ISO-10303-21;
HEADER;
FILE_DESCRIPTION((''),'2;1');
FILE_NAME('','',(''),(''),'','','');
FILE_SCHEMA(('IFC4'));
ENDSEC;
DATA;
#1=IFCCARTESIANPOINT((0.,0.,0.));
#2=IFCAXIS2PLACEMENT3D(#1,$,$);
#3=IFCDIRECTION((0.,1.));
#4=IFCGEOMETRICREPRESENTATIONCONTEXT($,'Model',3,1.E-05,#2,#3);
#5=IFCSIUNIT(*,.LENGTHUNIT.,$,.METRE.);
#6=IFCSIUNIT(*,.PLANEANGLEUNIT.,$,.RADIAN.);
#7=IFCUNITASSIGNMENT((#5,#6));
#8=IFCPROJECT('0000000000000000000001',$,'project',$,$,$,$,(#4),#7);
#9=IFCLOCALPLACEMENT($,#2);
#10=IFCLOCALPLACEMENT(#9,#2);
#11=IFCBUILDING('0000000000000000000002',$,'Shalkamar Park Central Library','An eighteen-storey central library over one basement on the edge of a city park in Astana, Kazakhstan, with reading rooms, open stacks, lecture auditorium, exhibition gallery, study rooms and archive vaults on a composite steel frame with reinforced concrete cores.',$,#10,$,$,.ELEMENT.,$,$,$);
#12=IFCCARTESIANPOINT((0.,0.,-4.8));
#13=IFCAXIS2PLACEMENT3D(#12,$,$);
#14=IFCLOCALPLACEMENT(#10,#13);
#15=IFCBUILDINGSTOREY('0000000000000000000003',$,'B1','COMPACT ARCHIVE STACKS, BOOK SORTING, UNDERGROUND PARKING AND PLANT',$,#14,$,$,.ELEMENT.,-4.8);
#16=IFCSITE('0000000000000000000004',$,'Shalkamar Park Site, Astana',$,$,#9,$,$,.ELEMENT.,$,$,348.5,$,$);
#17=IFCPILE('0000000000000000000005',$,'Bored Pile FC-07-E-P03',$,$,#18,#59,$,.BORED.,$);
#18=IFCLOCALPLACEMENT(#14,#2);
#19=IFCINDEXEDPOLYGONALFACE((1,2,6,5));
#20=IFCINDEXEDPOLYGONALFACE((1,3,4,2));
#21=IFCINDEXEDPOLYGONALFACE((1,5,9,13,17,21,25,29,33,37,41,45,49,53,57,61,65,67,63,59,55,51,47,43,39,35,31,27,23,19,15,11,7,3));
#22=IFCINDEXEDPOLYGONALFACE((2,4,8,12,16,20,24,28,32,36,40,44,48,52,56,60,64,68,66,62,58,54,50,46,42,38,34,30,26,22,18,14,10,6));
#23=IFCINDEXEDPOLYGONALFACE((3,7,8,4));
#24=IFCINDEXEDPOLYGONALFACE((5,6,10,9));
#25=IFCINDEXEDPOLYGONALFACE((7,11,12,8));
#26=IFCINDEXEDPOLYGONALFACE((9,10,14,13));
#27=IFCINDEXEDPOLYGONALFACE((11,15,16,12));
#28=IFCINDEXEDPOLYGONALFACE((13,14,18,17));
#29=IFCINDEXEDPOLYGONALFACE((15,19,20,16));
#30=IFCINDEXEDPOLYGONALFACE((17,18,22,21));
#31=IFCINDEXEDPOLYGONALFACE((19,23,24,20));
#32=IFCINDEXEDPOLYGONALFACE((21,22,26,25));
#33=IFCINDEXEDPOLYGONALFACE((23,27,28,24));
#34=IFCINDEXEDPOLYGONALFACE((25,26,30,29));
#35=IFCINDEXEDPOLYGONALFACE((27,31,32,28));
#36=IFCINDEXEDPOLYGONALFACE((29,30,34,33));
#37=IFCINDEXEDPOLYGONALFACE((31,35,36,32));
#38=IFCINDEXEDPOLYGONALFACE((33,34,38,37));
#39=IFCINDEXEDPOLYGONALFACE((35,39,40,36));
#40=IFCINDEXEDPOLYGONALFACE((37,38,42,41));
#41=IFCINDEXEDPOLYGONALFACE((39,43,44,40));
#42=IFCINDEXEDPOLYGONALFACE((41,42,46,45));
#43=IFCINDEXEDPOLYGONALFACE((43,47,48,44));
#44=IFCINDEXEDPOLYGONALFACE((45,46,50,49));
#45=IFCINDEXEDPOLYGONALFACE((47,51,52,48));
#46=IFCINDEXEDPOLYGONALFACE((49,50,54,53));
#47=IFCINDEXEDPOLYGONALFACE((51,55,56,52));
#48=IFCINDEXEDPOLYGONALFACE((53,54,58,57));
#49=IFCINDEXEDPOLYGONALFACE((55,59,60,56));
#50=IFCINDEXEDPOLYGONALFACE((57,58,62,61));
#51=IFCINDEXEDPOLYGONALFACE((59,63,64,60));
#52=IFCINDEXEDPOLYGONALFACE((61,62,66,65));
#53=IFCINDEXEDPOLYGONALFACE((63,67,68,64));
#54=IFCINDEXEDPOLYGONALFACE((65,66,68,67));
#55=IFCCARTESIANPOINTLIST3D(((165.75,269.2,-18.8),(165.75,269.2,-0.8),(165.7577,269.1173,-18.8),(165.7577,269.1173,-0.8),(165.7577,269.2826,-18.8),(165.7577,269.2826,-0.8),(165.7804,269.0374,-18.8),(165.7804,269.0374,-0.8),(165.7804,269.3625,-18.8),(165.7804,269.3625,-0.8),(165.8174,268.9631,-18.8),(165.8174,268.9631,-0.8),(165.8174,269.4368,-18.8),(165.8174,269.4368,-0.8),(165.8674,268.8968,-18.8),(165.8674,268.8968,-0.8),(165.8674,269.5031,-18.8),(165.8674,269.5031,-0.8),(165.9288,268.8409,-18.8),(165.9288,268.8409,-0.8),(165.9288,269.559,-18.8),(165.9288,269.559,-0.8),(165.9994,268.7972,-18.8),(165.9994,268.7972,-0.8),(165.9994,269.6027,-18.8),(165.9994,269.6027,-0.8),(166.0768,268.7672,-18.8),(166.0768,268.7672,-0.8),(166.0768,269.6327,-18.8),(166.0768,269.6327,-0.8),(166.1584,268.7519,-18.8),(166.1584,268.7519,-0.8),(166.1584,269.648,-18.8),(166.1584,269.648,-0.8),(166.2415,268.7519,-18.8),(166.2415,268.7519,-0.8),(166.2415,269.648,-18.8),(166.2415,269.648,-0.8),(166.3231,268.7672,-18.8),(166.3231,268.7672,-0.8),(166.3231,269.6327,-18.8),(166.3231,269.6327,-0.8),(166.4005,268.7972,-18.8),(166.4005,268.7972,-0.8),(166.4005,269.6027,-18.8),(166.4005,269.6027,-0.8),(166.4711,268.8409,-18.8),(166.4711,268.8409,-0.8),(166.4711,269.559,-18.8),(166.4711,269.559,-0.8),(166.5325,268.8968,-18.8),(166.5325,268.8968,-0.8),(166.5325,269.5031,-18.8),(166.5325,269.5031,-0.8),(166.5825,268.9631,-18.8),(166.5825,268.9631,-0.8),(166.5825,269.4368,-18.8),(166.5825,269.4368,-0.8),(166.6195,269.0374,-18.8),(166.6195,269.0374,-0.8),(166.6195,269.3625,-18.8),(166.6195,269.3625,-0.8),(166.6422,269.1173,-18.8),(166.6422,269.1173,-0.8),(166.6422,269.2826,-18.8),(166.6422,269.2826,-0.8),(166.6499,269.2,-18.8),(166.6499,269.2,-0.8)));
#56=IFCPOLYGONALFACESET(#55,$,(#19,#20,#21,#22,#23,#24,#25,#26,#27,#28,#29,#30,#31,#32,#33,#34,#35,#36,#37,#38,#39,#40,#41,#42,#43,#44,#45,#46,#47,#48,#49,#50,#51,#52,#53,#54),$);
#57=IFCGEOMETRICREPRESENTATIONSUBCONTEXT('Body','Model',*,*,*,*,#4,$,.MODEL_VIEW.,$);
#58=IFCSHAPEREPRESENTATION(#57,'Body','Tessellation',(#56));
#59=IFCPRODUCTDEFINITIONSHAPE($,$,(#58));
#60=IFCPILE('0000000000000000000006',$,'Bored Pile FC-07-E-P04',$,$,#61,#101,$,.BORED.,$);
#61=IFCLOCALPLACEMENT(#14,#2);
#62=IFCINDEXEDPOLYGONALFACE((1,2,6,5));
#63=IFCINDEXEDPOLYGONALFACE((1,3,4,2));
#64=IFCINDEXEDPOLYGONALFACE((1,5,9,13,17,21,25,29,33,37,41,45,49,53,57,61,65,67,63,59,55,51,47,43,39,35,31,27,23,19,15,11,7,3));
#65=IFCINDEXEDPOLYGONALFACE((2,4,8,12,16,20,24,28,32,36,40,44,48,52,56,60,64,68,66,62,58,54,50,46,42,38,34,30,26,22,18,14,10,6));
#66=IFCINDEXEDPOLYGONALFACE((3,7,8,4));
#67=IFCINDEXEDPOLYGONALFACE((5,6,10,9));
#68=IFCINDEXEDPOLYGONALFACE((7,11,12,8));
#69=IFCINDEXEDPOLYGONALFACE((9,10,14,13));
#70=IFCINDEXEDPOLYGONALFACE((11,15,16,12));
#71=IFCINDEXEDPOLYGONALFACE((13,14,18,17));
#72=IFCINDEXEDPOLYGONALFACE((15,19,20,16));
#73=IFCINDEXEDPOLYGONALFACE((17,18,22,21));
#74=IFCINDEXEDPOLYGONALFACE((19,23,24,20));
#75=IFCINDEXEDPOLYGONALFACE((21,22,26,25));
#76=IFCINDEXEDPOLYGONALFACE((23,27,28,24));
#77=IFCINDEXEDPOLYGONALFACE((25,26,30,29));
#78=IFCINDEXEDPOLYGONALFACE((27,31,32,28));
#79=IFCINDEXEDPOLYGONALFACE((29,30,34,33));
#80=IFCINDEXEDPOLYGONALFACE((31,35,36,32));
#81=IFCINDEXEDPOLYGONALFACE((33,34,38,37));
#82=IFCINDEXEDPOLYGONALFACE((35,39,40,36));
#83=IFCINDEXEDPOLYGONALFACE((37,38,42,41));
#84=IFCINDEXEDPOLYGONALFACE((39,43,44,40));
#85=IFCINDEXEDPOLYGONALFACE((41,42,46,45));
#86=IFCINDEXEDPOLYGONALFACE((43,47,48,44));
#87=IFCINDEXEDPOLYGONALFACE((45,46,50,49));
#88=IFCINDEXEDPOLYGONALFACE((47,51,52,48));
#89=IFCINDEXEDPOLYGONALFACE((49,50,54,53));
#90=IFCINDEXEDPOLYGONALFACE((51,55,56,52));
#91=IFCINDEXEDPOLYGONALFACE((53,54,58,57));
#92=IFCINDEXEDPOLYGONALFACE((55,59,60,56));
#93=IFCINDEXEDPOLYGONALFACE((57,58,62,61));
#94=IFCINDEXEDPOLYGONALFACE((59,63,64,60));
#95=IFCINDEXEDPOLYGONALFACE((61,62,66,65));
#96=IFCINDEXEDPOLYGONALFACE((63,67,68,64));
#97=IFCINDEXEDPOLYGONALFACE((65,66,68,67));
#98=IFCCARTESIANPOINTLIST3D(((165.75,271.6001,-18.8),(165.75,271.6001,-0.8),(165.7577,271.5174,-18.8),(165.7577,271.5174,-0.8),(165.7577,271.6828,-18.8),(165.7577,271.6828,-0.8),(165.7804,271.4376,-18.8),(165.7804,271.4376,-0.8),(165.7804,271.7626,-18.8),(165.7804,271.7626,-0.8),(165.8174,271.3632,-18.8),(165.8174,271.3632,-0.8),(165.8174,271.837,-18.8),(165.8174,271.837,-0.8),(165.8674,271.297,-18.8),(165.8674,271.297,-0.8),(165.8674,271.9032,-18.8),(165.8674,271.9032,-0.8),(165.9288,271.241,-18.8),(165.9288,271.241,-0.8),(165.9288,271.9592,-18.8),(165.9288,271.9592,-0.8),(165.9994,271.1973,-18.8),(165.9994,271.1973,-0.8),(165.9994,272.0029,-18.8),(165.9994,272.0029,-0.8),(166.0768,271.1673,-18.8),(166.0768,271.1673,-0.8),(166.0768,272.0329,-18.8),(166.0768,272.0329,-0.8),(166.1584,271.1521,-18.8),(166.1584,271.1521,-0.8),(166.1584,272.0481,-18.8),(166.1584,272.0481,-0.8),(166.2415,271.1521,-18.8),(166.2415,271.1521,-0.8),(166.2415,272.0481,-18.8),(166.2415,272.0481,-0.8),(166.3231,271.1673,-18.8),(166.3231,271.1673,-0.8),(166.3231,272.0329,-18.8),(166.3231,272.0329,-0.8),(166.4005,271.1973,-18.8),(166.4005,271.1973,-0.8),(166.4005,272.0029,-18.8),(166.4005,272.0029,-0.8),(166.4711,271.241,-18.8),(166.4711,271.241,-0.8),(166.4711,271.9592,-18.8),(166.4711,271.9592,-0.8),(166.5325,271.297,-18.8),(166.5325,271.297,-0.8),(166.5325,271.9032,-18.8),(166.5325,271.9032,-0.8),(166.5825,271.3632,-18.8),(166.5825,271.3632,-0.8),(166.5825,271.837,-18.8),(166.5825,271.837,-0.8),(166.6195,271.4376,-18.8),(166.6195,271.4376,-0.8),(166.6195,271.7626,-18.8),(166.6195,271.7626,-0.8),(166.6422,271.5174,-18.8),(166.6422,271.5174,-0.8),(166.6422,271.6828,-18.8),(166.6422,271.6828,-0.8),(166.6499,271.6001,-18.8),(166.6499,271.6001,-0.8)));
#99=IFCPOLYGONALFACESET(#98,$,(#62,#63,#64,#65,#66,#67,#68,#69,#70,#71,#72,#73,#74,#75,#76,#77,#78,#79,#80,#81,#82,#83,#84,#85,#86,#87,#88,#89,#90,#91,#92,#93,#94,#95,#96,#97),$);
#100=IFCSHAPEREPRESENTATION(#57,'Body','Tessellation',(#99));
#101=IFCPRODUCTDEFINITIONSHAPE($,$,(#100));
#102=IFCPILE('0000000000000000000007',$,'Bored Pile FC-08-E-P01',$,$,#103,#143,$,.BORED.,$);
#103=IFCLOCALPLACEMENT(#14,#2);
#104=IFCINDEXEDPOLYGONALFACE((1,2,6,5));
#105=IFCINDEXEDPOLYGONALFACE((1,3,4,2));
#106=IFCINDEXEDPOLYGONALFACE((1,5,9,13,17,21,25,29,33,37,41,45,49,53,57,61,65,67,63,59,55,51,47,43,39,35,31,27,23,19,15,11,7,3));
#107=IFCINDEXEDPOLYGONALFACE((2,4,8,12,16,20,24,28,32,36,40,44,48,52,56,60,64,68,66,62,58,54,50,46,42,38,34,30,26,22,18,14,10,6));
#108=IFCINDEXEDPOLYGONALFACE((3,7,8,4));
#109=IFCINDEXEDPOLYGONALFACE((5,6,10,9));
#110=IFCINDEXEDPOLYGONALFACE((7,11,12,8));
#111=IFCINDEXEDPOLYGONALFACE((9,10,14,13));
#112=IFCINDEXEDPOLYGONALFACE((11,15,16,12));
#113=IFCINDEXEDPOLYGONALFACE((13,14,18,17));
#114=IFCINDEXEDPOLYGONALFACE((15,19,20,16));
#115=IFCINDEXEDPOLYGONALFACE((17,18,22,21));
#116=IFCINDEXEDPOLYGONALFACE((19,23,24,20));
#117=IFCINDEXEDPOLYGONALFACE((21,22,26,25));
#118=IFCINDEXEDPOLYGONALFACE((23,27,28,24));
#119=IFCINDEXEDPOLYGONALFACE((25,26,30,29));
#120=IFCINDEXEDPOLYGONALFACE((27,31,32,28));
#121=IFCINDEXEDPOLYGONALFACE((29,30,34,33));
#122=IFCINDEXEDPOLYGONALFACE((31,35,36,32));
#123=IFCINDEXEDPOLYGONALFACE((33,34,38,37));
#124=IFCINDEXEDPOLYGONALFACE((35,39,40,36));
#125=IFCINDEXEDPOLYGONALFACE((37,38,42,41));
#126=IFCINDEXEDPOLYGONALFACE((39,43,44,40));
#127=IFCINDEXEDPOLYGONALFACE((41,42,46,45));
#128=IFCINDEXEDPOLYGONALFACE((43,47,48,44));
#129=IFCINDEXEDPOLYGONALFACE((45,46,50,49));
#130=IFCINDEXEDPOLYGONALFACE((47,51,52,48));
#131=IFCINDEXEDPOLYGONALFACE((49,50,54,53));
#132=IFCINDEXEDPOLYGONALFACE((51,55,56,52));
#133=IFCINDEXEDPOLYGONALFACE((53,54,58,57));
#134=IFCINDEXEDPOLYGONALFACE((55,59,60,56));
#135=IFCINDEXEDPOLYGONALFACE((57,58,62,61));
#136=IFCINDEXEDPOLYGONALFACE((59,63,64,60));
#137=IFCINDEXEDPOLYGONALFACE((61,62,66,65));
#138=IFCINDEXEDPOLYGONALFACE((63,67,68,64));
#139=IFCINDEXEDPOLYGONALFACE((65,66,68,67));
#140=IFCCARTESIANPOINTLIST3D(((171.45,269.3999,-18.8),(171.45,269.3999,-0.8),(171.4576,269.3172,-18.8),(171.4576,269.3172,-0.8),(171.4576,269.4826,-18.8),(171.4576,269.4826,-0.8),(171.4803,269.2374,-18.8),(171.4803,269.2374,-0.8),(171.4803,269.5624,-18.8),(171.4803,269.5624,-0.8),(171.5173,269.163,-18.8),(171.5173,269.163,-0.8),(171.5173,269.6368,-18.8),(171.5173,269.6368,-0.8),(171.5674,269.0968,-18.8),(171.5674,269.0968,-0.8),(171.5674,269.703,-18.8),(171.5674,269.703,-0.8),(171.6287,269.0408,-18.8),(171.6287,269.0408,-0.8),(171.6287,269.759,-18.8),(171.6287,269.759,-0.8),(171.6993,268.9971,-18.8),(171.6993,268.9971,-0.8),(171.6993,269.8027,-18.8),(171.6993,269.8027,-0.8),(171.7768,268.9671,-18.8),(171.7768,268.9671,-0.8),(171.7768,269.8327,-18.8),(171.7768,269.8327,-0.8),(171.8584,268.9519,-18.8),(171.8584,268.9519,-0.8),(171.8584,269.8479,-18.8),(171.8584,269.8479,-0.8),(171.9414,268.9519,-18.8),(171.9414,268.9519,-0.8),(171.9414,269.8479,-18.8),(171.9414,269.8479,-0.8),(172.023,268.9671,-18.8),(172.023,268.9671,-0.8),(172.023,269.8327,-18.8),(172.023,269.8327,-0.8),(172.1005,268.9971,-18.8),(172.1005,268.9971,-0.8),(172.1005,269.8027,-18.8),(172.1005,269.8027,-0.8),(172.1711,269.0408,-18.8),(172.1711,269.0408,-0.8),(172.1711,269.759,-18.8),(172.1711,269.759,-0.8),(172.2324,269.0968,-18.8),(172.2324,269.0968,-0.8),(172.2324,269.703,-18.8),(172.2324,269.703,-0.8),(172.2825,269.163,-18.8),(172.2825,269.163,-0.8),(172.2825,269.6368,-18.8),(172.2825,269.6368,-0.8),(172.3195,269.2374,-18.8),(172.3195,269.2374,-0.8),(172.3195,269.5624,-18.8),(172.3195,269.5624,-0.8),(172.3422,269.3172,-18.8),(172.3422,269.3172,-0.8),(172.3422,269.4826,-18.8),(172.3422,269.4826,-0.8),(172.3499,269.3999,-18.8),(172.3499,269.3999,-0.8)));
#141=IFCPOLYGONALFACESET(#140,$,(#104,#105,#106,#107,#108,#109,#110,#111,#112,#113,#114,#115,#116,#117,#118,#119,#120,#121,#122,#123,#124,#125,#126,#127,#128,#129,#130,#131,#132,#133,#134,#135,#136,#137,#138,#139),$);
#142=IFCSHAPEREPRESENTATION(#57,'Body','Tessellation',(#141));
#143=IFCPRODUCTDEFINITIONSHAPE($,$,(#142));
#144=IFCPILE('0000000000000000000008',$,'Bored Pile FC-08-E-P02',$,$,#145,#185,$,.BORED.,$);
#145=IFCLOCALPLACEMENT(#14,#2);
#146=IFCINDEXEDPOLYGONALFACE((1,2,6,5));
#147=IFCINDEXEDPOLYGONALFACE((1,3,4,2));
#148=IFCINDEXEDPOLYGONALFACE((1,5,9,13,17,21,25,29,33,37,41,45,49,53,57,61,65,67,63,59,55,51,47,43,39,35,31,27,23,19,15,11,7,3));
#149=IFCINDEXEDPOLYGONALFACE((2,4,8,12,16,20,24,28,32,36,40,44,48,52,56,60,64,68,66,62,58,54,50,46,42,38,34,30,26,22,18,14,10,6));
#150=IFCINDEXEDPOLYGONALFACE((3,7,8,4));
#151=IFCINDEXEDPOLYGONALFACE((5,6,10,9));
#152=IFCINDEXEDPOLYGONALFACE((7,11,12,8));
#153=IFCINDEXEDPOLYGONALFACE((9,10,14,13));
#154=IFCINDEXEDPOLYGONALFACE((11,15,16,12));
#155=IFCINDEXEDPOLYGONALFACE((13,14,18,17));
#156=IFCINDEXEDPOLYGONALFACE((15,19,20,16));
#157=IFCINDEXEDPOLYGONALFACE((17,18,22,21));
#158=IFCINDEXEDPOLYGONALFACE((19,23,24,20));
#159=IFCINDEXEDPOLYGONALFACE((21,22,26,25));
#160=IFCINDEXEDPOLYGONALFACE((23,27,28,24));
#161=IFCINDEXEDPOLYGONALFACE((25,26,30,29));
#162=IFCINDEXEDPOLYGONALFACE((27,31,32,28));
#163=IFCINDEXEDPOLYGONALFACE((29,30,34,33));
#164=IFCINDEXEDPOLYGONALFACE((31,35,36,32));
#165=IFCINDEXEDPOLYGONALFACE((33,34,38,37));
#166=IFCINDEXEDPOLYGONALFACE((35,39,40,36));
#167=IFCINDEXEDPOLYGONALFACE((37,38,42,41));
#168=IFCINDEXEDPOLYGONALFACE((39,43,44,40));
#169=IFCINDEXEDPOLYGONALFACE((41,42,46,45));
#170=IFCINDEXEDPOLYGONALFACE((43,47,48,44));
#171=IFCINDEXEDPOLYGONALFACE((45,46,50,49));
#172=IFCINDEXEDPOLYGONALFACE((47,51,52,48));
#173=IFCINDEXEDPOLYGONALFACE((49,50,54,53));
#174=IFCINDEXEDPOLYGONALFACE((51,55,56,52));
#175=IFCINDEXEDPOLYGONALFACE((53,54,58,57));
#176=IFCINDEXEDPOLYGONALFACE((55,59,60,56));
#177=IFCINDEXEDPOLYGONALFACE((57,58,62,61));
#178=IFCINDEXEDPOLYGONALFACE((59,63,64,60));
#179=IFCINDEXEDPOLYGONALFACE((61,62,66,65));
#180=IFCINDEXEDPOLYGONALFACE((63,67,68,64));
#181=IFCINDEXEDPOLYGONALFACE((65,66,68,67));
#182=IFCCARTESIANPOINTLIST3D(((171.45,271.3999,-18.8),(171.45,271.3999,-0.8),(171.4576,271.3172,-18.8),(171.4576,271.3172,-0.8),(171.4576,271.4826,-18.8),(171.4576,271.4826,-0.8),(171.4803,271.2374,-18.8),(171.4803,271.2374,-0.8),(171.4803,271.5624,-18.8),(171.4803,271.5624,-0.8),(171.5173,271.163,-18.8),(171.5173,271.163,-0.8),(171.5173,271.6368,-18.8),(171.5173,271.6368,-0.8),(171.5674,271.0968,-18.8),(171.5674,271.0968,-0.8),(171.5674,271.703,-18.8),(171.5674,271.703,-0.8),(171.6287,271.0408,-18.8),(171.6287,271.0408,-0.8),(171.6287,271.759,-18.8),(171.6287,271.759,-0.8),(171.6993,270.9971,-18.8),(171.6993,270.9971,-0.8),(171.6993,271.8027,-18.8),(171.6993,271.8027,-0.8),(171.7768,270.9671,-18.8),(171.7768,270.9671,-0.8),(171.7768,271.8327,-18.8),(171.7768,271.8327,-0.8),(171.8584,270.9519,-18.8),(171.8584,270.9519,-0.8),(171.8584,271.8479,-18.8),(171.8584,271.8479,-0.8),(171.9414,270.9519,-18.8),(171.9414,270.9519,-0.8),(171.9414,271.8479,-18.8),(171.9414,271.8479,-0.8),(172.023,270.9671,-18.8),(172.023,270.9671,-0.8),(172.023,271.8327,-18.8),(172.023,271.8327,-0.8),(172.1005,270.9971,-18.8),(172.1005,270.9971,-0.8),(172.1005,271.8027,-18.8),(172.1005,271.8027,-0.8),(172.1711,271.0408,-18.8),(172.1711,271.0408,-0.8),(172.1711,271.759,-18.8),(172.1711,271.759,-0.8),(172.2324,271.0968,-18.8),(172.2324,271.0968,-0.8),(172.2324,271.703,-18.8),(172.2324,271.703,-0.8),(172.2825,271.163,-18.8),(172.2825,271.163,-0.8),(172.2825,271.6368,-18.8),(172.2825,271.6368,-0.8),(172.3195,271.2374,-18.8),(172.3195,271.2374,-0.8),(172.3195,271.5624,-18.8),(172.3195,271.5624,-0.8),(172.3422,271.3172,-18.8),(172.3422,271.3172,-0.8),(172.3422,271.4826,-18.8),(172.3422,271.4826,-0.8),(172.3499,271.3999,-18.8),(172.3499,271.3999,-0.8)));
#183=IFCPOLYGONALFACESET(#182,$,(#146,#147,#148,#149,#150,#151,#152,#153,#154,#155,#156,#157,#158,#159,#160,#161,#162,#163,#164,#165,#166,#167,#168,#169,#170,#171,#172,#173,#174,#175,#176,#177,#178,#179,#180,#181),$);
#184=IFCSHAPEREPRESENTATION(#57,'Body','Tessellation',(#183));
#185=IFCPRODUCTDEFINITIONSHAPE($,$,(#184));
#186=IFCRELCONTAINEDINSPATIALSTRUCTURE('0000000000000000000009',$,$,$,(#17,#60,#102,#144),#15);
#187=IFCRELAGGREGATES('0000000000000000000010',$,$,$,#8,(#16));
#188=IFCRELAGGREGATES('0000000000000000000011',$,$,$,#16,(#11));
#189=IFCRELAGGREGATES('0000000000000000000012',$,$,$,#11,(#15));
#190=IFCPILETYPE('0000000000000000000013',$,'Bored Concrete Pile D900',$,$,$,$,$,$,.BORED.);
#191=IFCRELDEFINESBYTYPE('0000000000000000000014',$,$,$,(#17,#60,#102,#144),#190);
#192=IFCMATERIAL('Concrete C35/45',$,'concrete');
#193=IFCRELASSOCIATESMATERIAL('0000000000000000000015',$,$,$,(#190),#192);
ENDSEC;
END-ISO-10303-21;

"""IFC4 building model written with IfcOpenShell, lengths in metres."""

from ifc_helpers import new_model, si_unit, direction, frame, origin, origin_2d, place, context, subcontext, project, spatial, circle, extrude, material, material_profile, profile_set, type_object, element, save


model = new_model("IFC4")

# Units and contexts
model_context = context("Model", 3, precision=1e-05, world=origin(), true_north=direction((0.0, 1.0)))
body_context = subcontext(model_context, "Body", "Model", "MODEL_VIEW")
ifc_project = project(units=[si_unit("LENGTHUNIT", "METRE"), si_unit("PLANEANGLEUNIT", "RADIAN")], contexts=[model_context])

# Site, building, storey
site_placement = place(None, origin())
site = spatial("IfcSite", under=ifc_project, at=site_placement, Name="Shalkamar Park Site, Astana", CompositionType="ELEMENT", RefElevation=348.5)
building_placement = place(site_placement, origin())
building = spatial("IfcBuilding", under=site, at=building_placement, Name="Shalkamar Park Central Library", Description="An eighteen-storey central library over one basement on the edge of a city park in Astana, Kazakhstan, with reading rooms, open stacks, lecture auditorium, exhibition gallery, study rooms and archive vaults on a composite steel frame with reinforced concrete cores.", CompositionType="ELEMENT")
storey_placement = place(building_placement, frame((0.0, 0.0, -4.8)))
storey = spatial("IfcBuildingStorey", under=building, at=storey_placement, Name="B1", Description="COMPACT ARCHIVE STACKS, BOOK SORTING, UNDERGROUND PARKING AND PLANT", CompositionType="ELEMENT", Elevation=-4.8)

# Piles
ifc_material_1 = material(Name="Concrete C35/45", Category="concrete")
ifc_material_profile_1 = material_profile(ifc_material_1, circle(Radius=0.45, at=origin_2d()), Name="PILE D900")
ifc_profile_set_1 = profile_set([ifc_material_profile_1], Name="Concrete C35/45")
pile_type_1 = type_object("IfcPileType", Name="Bored Concrete Pile D900", PredefinedType="BORED", material=ifc_profile_set_1)
for number, where, z_axis, x_axis, name in (
    (1, (166.2, 269.2, -0.8), (0.0, 0.0, -1.0), (1.0, 0.0, 0.0), "Bored Pile FC-07-E-P03"),
    (2, (166.2, 271.6001, -0.8), (0.0, 0.0, -1.0), (1.0, 0.0, 0.0), "Bored Pile FC-07-E-P04"),
    (3, (171.8999, 269.3999, -0.8), (0.0, 0.0, -1.0), (1.0, 0.0, 0.0), "Bored Pile FC-08-E-P01"),
    (4, (171.8999, 271.3999, -0.8), (0.0, 0.0, -1.0), (1.0, 0.0, 0.0), "Bored Pile FC-08-E-P02"),
):
    element("IfcPile", number, at=place(storey_placement, frame(where, z_axis=z_axis, x_axis=x_axis)), inside=storey, type_object=pile_type_1, Name=name, PredefinedType="BORED", context=body_context, shape_type="SweptSolid", body=[
        extrude(circle(Radius=0.45, at=origin_2d()), origin(), (0.0, 0.0, 1.0), 18.0),
    ])

save(model, "model.ifc")
